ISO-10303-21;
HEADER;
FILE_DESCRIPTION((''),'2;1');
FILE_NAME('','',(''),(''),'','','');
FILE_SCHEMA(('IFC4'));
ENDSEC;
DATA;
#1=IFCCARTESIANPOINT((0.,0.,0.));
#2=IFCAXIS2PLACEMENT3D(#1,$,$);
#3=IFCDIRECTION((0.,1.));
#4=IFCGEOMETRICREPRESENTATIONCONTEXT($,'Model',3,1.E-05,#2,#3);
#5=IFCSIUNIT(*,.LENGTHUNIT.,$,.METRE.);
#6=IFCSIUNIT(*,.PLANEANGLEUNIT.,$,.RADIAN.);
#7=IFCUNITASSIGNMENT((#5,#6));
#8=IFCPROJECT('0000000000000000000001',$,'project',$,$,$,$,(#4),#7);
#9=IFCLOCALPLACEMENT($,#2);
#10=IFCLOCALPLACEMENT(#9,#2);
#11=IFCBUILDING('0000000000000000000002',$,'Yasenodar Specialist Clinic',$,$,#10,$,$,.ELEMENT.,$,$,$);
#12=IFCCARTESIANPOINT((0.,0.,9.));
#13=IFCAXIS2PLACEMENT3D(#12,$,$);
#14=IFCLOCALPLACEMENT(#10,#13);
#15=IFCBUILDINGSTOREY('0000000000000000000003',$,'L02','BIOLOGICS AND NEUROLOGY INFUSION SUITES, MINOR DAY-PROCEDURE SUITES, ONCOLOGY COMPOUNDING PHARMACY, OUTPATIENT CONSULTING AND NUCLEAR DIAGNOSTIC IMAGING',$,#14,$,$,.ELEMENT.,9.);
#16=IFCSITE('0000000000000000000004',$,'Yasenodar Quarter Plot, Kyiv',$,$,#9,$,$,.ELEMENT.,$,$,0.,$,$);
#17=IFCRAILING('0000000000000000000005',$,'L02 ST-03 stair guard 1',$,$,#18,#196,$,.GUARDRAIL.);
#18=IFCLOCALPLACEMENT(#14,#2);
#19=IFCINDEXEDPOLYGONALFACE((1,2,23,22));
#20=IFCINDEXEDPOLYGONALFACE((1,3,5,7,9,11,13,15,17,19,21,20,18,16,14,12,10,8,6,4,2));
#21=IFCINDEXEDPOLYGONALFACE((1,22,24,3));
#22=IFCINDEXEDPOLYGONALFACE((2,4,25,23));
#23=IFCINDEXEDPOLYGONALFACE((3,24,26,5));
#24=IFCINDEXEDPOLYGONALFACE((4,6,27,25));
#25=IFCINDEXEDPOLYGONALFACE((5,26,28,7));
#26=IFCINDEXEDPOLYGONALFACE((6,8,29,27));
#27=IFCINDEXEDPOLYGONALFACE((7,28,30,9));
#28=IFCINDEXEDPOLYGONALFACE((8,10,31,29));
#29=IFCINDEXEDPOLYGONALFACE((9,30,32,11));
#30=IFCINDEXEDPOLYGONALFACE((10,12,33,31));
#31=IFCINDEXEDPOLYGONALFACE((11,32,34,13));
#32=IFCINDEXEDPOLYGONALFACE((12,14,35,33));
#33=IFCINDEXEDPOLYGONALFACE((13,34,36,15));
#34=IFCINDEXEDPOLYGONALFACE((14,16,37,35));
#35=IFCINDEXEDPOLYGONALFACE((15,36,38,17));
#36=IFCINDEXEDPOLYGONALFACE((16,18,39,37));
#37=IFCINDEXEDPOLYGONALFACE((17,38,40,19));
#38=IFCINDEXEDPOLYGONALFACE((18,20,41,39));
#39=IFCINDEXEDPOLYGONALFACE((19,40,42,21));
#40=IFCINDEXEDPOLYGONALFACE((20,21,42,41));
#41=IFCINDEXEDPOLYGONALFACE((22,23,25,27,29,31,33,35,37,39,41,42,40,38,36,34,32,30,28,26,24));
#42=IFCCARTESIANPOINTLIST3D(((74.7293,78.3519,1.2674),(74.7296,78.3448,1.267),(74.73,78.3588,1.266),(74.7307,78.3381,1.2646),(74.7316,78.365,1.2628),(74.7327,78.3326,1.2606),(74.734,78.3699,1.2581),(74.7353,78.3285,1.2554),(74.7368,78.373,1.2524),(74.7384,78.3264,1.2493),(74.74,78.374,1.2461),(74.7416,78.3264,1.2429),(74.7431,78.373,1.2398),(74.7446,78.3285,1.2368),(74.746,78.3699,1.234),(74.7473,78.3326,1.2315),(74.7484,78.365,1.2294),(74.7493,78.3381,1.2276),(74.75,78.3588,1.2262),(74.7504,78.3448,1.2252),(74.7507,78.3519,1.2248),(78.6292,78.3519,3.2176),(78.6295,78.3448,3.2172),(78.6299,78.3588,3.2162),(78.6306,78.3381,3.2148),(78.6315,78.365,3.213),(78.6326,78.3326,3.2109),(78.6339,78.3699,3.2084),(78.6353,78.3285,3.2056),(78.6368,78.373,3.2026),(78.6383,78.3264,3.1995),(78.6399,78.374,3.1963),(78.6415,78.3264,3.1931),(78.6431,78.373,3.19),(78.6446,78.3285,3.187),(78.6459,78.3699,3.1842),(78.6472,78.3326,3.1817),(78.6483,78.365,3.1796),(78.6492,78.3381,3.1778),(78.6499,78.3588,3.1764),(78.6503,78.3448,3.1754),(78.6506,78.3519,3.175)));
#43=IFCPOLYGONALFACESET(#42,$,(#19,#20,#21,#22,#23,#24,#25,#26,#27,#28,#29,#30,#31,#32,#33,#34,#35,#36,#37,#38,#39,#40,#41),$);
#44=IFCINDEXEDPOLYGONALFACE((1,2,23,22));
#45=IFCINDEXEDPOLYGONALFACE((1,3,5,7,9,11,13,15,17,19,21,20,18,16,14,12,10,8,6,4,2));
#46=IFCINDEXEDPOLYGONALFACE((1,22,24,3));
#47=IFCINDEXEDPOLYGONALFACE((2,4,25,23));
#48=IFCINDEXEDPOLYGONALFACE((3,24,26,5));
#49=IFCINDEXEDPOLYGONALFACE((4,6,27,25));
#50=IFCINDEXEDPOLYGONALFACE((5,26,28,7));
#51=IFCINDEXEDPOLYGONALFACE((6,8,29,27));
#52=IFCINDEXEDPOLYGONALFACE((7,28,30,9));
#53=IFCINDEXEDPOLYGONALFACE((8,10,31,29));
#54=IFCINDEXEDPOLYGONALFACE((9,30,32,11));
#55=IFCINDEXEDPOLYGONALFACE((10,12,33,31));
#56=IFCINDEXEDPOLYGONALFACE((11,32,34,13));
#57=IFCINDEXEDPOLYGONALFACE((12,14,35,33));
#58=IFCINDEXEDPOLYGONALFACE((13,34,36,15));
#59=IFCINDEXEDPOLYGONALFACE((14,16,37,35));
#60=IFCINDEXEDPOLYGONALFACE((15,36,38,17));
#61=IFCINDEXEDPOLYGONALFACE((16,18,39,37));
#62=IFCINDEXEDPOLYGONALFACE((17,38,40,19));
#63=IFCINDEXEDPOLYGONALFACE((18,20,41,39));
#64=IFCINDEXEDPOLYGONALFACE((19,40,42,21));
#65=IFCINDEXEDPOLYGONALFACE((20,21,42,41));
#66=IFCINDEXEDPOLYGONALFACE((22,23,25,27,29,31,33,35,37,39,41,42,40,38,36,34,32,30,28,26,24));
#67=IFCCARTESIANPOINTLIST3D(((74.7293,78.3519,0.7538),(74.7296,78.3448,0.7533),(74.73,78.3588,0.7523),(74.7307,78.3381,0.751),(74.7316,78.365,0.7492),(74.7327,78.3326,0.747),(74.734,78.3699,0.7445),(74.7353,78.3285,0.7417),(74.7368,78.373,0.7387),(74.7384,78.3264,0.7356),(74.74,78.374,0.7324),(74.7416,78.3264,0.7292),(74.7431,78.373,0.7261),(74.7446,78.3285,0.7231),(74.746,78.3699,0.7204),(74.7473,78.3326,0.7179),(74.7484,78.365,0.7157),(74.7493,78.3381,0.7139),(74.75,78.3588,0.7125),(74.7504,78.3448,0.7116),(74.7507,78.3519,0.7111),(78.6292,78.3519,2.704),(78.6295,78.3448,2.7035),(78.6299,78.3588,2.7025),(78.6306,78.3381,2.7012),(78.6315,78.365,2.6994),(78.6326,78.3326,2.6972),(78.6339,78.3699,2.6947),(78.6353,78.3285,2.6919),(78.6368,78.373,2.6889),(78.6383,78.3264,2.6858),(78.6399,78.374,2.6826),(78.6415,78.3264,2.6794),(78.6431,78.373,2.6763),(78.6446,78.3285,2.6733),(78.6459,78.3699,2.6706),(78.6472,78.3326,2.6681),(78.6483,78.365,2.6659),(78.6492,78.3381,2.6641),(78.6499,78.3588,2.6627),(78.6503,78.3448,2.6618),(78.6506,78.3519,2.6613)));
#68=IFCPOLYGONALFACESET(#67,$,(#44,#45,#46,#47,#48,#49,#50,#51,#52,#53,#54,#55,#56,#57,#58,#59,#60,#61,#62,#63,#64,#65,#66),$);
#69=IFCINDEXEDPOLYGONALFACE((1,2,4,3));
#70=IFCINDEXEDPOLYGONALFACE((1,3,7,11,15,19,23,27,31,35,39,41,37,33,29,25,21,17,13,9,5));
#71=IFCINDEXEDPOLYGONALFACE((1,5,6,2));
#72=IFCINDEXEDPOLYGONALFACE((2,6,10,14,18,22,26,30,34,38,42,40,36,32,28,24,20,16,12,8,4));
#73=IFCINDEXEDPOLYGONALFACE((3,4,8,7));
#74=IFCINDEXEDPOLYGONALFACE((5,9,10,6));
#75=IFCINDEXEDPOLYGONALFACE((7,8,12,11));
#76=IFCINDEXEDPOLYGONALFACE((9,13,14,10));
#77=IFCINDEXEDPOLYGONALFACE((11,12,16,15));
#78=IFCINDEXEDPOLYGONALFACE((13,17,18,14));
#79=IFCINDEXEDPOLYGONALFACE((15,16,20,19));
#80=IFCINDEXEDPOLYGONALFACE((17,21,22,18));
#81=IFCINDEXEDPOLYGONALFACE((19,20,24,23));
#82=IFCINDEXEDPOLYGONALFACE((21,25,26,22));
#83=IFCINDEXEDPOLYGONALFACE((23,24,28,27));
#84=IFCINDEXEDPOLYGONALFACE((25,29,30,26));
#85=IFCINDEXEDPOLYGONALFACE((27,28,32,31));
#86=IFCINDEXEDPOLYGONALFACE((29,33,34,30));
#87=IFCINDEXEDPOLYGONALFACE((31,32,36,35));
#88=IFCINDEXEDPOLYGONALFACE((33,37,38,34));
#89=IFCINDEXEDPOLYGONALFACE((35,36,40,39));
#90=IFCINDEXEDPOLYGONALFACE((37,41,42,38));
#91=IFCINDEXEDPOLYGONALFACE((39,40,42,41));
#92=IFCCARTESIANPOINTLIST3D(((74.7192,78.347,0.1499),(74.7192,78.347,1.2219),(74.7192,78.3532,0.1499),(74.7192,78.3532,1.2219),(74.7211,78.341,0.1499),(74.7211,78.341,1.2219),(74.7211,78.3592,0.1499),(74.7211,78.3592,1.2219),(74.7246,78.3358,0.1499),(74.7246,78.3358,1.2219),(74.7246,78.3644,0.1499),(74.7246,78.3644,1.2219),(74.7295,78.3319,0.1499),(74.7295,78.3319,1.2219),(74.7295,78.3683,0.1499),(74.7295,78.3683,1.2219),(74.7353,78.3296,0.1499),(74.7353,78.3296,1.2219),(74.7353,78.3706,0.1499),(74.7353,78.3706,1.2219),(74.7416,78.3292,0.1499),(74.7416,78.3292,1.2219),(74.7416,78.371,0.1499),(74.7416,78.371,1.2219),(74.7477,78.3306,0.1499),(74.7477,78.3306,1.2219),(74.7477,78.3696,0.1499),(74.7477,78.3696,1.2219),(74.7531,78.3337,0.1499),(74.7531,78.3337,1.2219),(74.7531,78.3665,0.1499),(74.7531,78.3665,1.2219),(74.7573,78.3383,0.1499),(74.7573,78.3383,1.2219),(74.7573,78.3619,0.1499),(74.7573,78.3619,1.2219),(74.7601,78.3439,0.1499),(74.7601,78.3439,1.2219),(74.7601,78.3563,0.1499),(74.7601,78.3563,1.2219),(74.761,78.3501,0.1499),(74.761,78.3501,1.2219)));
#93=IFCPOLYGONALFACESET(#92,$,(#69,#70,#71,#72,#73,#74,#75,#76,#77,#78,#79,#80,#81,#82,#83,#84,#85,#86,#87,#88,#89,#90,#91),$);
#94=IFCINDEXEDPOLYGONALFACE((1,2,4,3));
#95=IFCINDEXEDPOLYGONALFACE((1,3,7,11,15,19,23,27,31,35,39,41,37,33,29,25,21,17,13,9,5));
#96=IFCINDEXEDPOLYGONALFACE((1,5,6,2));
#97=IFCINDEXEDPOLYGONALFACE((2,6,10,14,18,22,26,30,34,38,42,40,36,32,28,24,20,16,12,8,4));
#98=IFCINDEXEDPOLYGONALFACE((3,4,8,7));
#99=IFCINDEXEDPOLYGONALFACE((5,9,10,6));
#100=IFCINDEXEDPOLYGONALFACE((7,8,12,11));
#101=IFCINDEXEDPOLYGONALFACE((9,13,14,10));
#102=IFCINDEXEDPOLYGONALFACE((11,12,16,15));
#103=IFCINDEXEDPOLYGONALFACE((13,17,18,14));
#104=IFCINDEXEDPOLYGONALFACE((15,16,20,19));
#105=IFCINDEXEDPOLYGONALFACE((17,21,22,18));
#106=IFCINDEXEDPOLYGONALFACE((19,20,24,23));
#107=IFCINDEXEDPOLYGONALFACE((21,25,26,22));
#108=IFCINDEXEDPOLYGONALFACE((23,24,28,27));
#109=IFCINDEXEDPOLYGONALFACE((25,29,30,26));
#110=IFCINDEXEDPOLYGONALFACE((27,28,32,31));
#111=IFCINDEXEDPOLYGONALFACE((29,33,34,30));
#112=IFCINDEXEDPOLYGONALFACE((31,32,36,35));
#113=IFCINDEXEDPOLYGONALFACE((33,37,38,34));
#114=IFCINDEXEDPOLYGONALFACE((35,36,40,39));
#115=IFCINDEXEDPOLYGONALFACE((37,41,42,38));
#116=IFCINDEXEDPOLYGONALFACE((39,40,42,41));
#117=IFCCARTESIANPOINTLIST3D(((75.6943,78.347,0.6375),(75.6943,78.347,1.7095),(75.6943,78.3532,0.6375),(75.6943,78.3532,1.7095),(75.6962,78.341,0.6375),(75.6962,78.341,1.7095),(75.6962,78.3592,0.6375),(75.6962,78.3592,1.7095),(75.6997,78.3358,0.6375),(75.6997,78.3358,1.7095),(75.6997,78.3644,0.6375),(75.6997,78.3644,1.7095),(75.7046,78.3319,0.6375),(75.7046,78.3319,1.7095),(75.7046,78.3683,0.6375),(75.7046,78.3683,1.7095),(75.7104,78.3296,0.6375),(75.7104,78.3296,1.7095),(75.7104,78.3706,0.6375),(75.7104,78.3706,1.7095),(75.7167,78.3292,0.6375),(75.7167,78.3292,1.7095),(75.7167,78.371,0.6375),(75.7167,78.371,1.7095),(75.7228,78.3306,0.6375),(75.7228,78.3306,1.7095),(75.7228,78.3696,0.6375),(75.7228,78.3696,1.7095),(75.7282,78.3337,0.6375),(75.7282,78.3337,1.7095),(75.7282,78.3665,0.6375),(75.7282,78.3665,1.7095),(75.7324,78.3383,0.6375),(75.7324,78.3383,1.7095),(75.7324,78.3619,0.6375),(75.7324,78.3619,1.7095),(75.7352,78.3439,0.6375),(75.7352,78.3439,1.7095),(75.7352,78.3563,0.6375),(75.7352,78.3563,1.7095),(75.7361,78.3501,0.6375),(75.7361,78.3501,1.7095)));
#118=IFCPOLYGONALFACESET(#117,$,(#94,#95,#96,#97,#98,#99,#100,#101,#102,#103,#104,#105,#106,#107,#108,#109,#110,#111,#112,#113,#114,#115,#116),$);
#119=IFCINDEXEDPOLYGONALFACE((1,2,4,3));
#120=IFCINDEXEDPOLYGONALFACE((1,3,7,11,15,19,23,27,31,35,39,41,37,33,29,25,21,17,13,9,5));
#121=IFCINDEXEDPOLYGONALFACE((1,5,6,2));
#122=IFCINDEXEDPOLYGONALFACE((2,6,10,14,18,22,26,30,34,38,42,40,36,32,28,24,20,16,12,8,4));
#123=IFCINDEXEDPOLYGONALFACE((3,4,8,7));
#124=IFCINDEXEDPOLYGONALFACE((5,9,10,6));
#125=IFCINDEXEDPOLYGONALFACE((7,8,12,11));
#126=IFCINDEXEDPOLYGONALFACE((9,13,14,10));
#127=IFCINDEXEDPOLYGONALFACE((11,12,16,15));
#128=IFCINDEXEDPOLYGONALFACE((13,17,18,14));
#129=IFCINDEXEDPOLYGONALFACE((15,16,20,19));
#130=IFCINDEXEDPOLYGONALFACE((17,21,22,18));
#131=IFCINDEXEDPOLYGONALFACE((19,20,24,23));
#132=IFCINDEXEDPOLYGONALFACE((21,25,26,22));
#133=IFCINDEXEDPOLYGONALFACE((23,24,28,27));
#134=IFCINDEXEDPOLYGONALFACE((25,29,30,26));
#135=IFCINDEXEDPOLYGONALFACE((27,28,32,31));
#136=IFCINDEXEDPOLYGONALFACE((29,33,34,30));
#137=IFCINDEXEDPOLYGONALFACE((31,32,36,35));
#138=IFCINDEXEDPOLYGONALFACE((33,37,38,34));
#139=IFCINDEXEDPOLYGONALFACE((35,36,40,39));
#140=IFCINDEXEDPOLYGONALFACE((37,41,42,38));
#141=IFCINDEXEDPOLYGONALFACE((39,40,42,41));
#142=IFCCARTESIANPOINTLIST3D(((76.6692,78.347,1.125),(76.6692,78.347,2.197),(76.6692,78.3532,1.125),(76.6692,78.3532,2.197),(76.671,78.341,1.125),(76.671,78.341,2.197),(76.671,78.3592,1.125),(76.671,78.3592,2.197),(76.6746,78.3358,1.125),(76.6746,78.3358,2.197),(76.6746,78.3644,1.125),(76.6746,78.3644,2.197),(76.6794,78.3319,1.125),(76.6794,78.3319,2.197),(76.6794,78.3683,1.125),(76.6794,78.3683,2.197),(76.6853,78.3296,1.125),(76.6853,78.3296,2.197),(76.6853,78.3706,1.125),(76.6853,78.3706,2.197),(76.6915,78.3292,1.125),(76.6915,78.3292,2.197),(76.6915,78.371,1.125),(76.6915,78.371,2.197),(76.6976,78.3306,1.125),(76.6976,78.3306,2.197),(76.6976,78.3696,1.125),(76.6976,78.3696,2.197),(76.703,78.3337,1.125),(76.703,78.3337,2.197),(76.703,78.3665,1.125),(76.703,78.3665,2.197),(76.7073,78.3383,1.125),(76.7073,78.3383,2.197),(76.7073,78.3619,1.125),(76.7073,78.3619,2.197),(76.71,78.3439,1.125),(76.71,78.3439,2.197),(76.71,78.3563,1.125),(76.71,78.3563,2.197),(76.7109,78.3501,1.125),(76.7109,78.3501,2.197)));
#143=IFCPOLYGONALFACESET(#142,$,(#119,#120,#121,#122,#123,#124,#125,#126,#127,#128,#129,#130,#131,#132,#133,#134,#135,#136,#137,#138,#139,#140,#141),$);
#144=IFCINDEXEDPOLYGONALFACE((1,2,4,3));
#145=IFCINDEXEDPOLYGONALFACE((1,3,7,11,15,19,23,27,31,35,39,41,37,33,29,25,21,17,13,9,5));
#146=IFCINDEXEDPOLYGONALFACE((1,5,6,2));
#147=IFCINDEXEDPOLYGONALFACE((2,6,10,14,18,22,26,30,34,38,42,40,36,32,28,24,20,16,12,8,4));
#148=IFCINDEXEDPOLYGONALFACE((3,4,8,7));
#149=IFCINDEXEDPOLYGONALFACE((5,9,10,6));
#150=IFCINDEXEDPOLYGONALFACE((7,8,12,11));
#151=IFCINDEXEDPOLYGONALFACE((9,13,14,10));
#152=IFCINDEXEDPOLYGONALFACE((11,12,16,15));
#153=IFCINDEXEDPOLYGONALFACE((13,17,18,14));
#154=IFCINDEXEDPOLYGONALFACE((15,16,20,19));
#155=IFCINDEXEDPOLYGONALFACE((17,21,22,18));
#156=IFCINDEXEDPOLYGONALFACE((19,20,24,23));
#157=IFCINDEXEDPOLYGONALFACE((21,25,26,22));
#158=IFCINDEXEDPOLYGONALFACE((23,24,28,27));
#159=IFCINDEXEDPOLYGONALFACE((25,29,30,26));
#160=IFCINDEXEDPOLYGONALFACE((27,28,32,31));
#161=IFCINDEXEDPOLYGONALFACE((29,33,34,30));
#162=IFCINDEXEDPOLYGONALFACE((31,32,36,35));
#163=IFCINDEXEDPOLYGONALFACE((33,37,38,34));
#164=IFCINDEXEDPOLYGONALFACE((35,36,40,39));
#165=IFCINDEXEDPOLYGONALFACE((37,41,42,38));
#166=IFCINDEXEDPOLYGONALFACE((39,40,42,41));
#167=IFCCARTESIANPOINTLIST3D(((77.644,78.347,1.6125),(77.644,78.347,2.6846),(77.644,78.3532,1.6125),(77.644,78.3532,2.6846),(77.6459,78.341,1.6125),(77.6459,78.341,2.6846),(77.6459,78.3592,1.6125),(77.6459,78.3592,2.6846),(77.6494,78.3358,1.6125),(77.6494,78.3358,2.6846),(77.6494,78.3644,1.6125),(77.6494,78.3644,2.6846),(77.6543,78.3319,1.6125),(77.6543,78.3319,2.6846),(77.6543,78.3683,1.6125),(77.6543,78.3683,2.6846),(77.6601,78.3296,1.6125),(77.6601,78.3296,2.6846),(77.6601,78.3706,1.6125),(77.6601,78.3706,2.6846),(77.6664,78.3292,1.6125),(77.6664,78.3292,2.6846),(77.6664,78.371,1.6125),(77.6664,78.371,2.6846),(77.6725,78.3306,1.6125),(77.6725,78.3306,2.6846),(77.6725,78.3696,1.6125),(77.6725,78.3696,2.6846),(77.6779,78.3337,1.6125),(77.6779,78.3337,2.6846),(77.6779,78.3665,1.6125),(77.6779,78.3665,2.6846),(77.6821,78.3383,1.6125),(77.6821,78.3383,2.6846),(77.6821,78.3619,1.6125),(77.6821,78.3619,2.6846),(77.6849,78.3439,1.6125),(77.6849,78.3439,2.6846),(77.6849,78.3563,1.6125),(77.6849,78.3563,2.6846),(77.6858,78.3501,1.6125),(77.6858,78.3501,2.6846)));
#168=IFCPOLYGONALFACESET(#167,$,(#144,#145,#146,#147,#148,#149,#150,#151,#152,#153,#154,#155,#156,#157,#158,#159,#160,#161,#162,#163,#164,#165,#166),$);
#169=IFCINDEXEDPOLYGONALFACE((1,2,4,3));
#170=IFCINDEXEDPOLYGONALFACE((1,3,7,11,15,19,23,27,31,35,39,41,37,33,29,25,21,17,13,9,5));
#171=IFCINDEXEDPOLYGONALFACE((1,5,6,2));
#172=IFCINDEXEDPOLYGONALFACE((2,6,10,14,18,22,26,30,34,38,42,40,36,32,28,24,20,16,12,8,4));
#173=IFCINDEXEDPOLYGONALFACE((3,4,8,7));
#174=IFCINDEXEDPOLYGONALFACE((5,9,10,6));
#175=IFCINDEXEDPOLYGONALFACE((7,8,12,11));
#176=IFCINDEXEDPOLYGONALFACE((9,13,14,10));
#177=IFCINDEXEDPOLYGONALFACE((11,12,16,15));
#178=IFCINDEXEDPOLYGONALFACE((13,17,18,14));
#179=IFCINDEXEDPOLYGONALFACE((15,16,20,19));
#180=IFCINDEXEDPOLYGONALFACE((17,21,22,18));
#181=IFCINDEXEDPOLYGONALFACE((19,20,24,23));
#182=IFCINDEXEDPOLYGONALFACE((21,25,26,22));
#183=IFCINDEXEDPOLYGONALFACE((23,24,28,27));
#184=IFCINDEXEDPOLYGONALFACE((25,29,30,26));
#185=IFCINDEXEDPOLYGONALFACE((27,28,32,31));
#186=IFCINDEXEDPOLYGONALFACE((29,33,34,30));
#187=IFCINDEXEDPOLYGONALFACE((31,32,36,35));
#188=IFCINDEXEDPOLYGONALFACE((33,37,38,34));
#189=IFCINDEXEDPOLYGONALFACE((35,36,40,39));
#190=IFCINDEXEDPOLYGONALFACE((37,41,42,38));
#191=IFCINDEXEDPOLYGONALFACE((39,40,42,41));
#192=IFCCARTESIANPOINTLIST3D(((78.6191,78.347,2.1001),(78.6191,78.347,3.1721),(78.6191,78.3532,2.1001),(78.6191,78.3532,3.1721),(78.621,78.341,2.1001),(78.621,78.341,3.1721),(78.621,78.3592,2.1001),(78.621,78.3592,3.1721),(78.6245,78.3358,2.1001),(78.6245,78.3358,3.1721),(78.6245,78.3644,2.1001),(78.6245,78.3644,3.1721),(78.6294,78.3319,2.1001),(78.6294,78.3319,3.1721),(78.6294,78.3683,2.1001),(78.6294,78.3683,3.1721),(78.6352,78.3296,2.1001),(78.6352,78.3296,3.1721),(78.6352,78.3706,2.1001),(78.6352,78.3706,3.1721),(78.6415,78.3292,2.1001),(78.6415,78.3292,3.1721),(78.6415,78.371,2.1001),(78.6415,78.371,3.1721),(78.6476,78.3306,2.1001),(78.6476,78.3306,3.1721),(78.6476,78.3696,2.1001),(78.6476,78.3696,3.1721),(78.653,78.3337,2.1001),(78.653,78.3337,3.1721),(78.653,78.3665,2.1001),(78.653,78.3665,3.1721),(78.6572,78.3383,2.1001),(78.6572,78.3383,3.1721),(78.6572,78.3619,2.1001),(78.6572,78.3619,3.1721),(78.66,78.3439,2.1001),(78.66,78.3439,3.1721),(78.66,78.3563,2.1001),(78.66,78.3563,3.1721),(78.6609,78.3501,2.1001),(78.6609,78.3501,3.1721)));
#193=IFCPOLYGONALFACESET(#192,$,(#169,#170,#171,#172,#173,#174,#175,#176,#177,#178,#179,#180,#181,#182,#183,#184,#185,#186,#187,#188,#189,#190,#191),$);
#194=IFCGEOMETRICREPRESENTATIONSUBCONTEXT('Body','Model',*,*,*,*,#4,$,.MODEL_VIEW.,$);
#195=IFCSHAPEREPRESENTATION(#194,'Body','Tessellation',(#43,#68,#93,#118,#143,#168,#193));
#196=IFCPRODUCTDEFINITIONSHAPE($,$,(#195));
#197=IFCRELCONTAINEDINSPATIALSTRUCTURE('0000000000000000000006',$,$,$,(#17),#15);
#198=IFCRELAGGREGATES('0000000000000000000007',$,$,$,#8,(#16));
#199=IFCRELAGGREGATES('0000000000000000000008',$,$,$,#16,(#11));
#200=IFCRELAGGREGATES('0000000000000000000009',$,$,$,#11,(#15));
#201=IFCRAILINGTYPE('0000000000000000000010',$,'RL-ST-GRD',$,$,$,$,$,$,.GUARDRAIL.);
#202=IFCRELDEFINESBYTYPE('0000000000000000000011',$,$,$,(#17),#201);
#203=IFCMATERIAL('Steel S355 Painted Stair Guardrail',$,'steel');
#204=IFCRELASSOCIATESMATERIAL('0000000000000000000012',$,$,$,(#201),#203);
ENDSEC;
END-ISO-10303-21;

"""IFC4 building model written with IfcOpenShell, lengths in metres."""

from ifc_helpers import new_model, si_unit, direction, frame, origin, origin_2d, place, context, subcontext, project, spatial, circle, extrude, material, type_object, element, save


model = new_model("IFC4")

# Units and contexts
model_context = context("Model", 3, precision=1e-05, world=origin(), true_north=direction((0.0, 1.0)))
body_context = subcontext(model_context, "Body", "Model", "MODEL_VIEW")
ifc_project = project(units=[si_unit("LENGTHUNIT", "METRE"), si_unit("PLANEANGLEUNIT", "RADIAN")], contexts=[model_context])

# Site, building, storey
site_placement = place(None, origin())
site = spatial("IfcSite", under=ifc_project, at=site_placement, Name="Yasenodar Quarter Plot, Kyiv", CompositionType="ELEMENT", RefElevation=0.0)
building_placement = place(site_placement, origin())
building = spatial("IfcBuilding", under=site, at=building_placement, Name="Yasenodar Specialist Clinic", CompositionType="ELEMENT")
storey_placement = place(building_placement, frame((0.0, 0.0, 9.0)))
storey = spatial("IfcBuildingStorey", under=building, at=storey_placement, Name="L02", Description="BIOLOGICS AND NEUROLOGY INFUSION SUITES, MINOR DAY-PROCEDURE SUITES, ONCOLOGY COMPOUNDING PHARMACY, OUTPATIENT CONSULTING AND NUCLEAR DIAGNOSTIC IMAGING", CompositionType="ELEMENT", Elevation=9.0)

# Railing
ifc_material_1 = material(Name="Steel S355 Painted Stair Guardrail", Category="steel")
railing_type_1 = type_object("IfcRailingType", Name="RL-ST-GRD", PredefinedType="GUARDRAIL", material=ifc_material_1)
railing_1_placement = place(storey_placement, frame((74.74, 78.3501, 0.1499)))
element("IfcRailing", 1, at=railing_1_placement, inside=storey, type_object=railing_type_1, Name="L02 ST-03 stair guard 1", PredefinedType="GUARDRAIL", context=body_context, shape_type="SweptSolid", body=[
    extrude(circle(Radius=0.0239, at=origin_2d()), frame((0.0, 0.0, 1.0962), z_axis=(0.894405, 0.0, 0.447258), x_axis=(0.0, 1.0, 0.0)), (0.0, 0.0, 1.0), 4.3604),
    extrude(circle(Radius=0.0239, at=origin_2d()), frame((0.0, 0.0, 0.5825), z_axis=(0.894405, 0.0, 0.447258), x_axis=(0.0, 1.0, 0.0)), (0.0, 0.0, 1.0), 4.3604),
    extrude(circle(Radius=0.021, at=origin_2d()), origin(), (0.0, 0.0, 1.0), 1.072),
    extrude(circle(Radius=0.021, at=origin_2d()), frame((0.9751, 0.0, 0.4875)), (0.0, 0.0, 1.0), 1.072),
    extrude(circle(Radius=0.021, at=origin_2d()), frame((1.95, 0.0, 0.9751)), (0.0, 0.0, 1.0), 1.072),
    extrude(circle(Radius=0.021, at=origin_2d()), frame((2.9248, 0.0, 1.4626)), (0.0, 0.0, 1.0), 1.072),
    extrude(circle(Radius=0.021, at=origin_2d()), frame((3.8999, 0.0, 1.9502)), (0.0, 0.0, 1.0), 1.072),
])

save(model, "model.ifc")
